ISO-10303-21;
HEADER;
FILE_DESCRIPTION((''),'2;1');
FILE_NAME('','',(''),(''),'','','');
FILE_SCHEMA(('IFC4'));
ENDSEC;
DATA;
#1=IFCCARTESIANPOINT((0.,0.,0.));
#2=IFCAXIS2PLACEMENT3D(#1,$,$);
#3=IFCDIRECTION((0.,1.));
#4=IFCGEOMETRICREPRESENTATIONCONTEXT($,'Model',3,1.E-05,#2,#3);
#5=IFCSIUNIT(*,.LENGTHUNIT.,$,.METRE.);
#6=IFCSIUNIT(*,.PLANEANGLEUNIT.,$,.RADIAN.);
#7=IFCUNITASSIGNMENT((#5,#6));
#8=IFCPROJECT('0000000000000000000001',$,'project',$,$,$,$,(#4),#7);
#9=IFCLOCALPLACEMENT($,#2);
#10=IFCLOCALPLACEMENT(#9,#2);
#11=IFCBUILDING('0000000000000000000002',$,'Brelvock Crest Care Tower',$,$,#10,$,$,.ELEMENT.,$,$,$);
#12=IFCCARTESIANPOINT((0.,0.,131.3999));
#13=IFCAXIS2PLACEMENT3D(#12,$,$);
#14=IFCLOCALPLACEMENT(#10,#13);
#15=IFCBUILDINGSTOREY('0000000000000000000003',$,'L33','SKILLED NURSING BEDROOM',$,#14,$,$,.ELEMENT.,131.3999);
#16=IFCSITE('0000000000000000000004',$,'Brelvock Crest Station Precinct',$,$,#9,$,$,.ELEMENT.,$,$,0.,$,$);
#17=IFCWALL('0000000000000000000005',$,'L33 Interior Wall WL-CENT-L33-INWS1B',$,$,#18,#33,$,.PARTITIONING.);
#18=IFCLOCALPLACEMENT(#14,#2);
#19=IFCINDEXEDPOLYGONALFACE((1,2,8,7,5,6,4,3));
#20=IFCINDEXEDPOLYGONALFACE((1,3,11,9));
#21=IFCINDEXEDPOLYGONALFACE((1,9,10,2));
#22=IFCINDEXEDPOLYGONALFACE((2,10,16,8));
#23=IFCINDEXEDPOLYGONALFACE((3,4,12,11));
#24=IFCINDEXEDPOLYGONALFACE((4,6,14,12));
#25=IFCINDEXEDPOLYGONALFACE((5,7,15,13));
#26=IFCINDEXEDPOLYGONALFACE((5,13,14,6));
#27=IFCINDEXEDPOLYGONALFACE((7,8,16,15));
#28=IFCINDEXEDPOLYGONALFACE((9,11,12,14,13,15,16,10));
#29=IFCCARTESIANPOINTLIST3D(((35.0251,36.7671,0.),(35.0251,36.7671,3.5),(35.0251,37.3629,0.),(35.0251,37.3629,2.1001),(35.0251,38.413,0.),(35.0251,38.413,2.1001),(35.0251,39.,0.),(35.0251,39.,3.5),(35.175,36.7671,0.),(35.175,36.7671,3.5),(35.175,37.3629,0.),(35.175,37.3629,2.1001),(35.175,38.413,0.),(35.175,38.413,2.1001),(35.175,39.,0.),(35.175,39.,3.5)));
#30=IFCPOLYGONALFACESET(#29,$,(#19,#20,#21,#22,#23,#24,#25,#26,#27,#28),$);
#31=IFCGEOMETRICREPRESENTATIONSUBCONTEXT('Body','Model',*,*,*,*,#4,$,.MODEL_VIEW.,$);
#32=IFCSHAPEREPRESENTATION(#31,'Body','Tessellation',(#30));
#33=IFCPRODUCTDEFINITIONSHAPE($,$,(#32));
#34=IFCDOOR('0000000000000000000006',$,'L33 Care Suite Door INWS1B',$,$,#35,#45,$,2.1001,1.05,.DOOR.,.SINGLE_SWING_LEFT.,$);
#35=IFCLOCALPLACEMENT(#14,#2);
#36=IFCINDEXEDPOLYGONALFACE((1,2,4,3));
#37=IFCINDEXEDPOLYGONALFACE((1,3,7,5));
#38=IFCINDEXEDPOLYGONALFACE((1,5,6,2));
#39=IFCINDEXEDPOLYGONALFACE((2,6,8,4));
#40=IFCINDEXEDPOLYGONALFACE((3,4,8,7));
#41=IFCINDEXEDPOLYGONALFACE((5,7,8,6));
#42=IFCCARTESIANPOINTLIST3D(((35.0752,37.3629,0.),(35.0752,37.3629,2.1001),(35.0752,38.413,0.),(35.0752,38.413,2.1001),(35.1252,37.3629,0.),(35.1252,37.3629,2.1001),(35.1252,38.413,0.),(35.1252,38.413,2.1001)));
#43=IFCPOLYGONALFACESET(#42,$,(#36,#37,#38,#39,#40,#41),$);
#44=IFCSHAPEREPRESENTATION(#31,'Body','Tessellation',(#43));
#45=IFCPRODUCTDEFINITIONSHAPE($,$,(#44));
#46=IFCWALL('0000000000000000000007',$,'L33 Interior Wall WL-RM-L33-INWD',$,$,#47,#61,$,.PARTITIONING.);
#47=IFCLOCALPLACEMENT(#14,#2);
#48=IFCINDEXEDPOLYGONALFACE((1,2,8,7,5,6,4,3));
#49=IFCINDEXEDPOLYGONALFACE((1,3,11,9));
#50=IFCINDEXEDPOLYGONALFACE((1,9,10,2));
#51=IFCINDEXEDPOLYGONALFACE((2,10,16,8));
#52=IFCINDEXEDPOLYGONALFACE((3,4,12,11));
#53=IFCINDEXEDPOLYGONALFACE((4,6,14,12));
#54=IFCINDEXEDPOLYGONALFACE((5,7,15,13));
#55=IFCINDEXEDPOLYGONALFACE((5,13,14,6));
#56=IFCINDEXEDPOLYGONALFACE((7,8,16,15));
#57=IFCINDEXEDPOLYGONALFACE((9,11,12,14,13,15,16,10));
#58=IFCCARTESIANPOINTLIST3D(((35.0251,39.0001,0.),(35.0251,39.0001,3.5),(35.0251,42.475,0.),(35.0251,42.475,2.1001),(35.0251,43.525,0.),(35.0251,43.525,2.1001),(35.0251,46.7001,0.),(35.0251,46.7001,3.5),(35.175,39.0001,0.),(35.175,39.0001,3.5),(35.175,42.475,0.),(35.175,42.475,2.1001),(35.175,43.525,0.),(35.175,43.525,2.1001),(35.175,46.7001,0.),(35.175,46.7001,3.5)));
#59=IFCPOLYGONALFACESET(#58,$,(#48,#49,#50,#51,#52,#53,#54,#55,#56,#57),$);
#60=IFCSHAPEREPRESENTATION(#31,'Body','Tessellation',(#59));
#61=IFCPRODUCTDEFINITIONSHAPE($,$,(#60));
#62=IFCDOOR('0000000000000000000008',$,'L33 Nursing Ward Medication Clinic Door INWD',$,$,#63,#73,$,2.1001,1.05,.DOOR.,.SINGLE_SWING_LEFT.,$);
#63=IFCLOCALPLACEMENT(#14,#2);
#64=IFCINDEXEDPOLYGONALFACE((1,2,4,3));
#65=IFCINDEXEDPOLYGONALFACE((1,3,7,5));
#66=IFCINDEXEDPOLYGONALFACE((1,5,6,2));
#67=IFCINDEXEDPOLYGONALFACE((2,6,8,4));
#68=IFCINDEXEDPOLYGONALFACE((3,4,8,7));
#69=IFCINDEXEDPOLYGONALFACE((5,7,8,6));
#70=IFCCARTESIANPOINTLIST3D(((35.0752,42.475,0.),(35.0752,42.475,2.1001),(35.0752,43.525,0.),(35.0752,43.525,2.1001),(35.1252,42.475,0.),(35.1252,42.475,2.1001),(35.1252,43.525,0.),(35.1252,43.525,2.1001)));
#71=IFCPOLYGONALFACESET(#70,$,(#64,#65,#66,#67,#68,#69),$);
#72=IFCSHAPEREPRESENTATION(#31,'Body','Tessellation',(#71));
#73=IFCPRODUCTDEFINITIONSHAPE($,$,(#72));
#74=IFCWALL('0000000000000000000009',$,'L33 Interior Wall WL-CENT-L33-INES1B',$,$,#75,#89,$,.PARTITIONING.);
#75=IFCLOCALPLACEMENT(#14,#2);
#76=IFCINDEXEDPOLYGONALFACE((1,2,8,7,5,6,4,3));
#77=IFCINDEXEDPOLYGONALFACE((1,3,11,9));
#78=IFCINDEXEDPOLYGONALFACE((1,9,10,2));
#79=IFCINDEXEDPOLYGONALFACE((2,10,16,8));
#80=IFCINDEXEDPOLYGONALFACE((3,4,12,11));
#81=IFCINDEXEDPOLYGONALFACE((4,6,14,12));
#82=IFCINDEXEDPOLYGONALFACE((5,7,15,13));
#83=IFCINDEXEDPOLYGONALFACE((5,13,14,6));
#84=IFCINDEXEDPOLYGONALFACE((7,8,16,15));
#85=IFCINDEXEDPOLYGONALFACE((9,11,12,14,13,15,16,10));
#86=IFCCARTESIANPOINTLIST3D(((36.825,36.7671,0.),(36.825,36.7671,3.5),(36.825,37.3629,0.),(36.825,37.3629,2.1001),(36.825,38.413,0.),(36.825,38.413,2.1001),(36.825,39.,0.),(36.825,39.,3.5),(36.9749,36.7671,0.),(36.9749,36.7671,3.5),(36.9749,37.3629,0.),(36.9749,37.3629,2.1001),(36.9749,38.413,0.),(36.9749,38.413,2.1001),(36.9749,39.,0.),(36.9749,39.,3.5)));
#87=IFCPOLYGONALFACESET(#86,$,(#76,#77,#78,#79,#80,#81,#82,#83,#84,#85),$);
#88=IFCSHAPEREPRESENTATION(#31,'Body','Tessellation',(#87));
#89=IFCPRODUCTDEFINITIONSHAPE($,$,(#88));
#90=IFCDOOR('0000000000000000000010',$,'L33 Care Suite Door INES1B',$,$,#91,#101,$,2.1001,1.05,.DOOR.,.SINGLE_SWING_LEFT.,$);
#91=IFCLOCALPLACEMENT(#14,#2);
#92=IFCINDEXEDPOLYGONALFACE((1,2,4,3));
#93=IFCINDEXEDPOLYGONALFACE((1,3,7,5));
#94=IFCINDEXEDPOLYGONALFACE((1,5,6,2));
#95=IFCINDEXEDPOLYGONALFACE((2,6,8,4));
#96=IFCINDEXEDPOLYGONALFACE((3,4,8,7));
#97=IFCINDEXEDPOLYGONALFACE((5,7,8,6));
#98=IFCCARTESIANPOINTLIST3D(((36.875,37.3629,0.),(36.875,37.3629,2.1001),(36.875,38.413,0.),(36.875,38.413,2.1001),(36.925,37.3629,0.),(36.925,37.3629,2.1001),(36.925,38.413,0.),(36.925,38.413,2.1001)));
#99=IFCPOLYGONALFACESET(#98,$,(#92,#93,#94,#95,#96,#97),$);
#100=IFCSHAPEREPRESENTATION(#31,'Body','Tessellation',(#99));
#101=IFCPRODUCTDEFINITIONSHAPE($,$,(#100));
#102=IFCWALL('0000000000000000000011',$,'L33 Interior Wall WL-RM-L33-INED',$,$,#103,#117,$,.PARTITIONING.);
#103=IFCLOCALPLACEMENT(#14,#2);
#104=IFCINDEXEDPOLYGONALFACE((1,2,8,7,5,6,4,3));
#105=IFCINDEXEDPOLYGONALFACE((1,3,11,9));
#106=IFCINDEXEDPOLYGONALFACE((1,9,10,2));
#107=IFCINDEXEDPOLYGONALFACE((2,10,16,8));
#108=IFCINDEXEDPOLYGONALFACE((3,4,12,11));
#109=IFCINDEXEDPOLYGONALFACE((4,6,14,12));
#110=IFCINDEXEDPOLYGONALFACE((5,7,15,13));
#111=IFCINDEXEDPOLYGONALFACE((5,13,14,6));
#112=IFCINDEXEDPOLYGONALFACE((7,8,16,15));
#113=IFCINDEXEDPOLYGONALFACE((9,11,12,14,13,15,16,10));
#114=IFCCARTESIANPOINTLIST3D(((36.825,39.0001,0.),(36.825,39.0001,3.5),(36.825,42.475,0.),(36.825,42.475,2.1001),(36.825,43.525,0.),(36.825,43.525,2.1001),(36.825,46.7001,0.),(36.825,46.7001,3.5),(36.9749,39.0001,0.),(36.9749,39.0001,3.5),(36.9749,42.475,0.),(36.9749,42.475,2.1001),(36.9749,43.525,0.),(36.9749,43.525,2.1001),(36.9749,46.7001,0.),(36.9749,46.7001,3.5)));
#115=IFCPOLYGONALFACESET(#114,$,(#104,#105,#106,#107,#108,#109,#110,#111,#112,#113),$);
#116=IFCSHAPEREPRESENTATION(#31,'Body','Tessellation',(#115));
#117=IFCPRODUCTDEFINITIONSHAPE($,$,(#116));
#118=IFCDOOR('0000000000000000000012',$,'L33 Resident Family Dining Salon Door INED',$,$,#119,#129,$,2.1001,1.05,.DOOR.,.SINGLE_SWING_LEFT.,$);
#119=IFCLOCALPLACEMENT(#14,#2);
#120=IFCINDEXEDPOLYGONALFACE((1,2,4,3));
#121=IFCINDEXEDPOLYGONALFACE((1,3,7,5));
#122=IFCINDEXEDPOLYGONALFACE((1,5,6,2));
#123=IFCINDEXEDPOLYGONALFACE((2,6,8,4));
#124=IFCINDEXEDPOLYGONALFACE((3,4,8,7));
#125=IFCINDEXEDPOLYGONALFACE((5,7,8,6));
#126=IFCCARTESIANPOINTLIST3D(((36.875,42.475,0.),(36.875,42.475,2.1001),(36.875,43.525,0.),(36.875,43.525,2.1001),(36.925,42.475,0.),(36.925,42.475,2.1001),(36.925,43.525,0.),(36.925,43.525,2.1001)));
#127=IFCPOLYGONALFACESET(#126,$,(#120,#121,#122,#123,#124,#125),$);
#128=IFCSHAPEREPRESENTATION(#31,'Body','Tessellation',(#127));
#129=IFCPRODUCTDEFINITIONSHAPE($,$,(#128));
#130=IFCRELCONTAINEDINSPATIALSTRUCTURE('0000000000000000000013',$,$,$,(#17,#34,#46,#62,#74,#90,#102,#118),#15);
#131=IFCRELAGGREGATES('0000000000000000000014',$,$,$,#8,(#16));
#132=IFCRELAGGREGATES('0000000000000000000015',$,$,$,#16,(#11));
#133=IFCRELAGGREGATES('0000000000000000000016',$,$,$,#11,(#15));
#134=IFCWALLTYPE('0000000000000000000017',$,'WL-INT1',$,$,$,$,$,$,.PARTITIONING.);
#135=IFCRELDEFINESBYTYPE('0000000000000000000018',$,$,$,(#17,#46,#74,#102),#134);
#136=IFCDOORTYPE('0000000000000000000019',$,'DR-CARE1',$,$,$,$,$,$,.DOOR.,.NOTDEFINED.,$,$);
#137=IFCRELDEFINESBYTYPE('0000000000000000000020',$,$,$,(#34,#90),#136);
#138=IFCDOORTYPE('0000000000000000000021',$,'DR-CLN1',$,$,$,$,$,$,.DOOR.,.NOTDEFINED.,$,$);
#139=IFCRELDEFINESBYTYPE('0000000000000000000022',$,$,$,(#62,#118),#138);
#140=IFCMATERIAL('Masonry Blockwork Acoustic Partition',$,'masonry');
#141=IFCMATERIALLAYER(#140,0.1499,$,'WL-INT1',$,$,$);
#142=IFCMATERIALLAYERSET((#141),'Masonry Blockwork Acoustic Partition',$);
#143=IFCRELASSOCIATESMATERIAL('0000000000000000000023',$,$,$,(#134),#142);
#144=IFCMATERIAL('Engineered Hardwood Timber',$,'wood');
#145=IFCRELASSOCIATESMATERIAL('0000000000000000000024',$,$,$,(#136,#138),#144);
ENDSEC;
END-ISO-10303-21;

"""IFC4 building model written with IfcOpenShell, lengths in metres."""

from ifc_helpers import new_model, si_unit, direction, frame, frame_2d, origin, origin_2d, place, context, subcontext, project, spatial, rectangle, extrude, source, transform, mapped, material, layer, layer_set, type_object, element, fill, save


model = new_model("IFC4")

# Units and contexts
model_context = context("Model", 3, precision=1e-05, world=origin(), true_north=direction((0.0, 1.0)))
body_context = subcontext(model_context, "Body", "Model", "MODEL_VIEW")
ifc_project = project(units=[si_unit("LENGTHUNIT", "METRE"), si_unit("PLANEANGLEUNIT", "RADIAN")], contexts=[model_context])

# Site, building, storey
site_placement = place(None, origin())
site = spatial("IfcSite", under=ifc_project, at=site_placement, Name="Brelvock Crest Station Precinct", CompositionType="ELEMENT", RefElevation=0.0)
building_placement = place(site_placement, origin())
building = spatial("IfcBuilding", under=site, at=building_placement, Name="Brelvock Crest Care Tower", CompositionType="ELEMENT")
storey_placement = place(building_placement, frame((0.0, 0.0, 131.3999)))
storey = spatial("IfcBuildingStorey", under=building, at=storey_placement, Name="L33", Description="SKILLED NURSING BEDROOM", CompositionType="ELEMENT", Elevation=131.3999)

# Shared definitions
ifc_material_1 = material(Name="Masonry Blockwork Acoustic Partition", Category="masonry")
ifc_layer = layer(ifc_material_1, 0.1499, Name="WL-INT1")
ifc_layer_set = layer_set([ifc_layer], Name="Masonry Blockwork Acoustic Partition")
wall_type = type_object("IfcWallType", Name="WL-INT1", PredefinedType="PARTITIONING", material=ifc_layer_set)

# Walls, openings, doors
wall_1_placement = place(storey_placement, frame((35.1001, 36.7671, 0.0), z_axis=(0.0, 0.0, 1.0), x_axis=(0.0, 1.0, 0.0)))
wall_1 = element("IfcWall", 1, at=wall_1_placement, inside=storey, type_object=wall_type, Name="L33 Interior Wall WL-CENT-L33-INWS1B", PredefinedType="PARTITIONING", context=body_context, shape_type="SweptSolid", body=[
    extrude(rectangle(XDim=2.2329, YDim=0.1499, at=frame_2d((1.1165, 0.0))), origin(), (0.0, 0.0, 1.0), 3.5),
])
opening_1_placement = place(wall_1_placement, frame((0.5959, 0.0, 0.0)))
opening_1 = element("IfcOpeningElement", 2, at=opening_1_placement, cuts=wall_1, PredefinedType="OPENING", context=body_context, shape_type="SweptSolid", body=[
    extrude(rectangle(XDim=1.05, YDim=2.1001, at=origin_2d()), frame((0.5249, 0.085, 1.05), z_axis=(0.0, -1.0, 0.0), x_axis=(1.0, 0.0, 0.0)), (0.0, 0.0, 1.0), 0.1699),
])
ifc_material_2 = material(Name="Engineered Hardwood Timber", Category="wood")
door_type_1 = type_object("IfcDoorType", Name="DR-CARE1", OperationType="NOTDEFINED", PredefinedType="DOOR", material=ifc_material_2)
shared_shape_1 = source(origin(), body_context, "Body", "SweptSolid", [
    extrude(rectangle(XDim=1.05, YDim=2.1001, at=origin_2d()), frame((0.5249, 0.0249, 1.05), z_axis=(0.0, -1.0, 0.0), x_axis=(1.0, 0.0, 0.0)), (0.0, 0.0, 1.0), 0.05),
])
door_1_placement = place(opening_1_placement, origin())
door_1 = element("IfcDoor", 3, at=door_1_placement, inside=storey, type_object=door_type_1, Name="L33 Care Suite Door INWS1B", OperationType="SINGLE_SWING_LEFT", OverallHeight=2.1001, OverallWidth=1.05, PredefinedType="DOOR", context=body_context, shape_type="MappedRepresentation", body=[
    mapped(shared_shape_1, transform((0.0, 0.0, 0.0), x_axis=(1.0, 0.0, 0.0), y_axis=(0.0, 1.0, 0.0), z_axis=(0.0, 0.0, 1.0), scale=1.0)),
])
fill(opening_1, door_1)
wall_2_placement = place(storey_placement, frame((35.1001, 39.0, 0.0), z_axis=(0.0, 0.0, 1.0), x_axis=(0.0, 1.0, 0.0)))
wall_2 = element("IfcWall", 4, at=wall_2_placement, inside=storey, type_object=wall_type, Name="L33 Interior Wall WL-RM-L33-INWD", PredefinedType="PARTITIONING", context=body_context, shape_type="SweptSolid", body=[
    extrude(rectangle(XDim=7.7, YDim=0.1499, at=frame_2d((3.8501, 0.0))), origin(), (0.0, 0.0, 1.0), 3.5),
])
opening_2_placement = place(wall_2_placement, frame((3.4751, 0.0, 0.0)))
opening_2 = element("IfcOpeningElement", 5, at=opening_2_placement, cuts=wall_2, PredefinedType="OPENING", context=body_context, shape_type="SweptSolid", body=[
    extrude(rectangle(XDim=1.05, YDim=2.1001, at=origin_2d()), frame((0.5249, 0.085, 1.05), z_axis=(0.0, -1.0, 0.0), x_axis=(1.0, 0.0, 0.0)), (0.0, 0.0, 1.0), 0.1699),
])
door_type_2 = type_object("IfcDoorType", Name="DR-CLN1", OperationType="NOTDEFINED", PredefinedType="DOOR", material=ifc_material_2)
shared_shape_2 = source(origin(), body_context, "Body", "SweptSolid", [
    extrude(rectangle(XDim=1.05, YDim=2.1001, at=origin_2d()), frame((0.5249, 0.0249, 1.05), z_axis=(0.0, -1.0, 0.0), x_axis=(1.0, 0.0, 0.0)), (0.0, 0.0, 1.0), 0.05),
])
door_2_placement = place(opening_2_placement, origin())
door_2 = element("IfcDoor", 6, at=door_2_placement, inside=storey, type_object=door_type_2, Name="L33 Nursing Ward Medication Clinic Door INWD", OperationType="SINGLE_SWING_LEFT", OverallHeight=2.1001, OverallWidth=1.05, PredefinedType="DOOR", context=body_context, shape_type="MappedRepresentation", body=[
    mapped(shared_shape_2, transform((0.0, 0.0, 0.0), x_axis=(1.0, 0.0, 0.0), y_axis=(0.0, 1.0, 0.0), z_axis=(0.0, 0.0, 1.0), scale=1.0)),
])
fill(opening_2, door_2)
wall_3_placement = place(storey_placement, frame((36.8999, 36.7671, 0.0), z_axis=(0.0, 0.0, 1.0), x_axis=(0.0, 1.0, 0.0)))
wall_3 = element("IfcWall", 7, at=wall_3_placement, inside=storey, type_object=wall_type, Name="L33 Interior Wall WL-CENT-L33-INES1B", PredefinedType="PARTITIONING", context=body_context, shape_type="SweptSolid", body=[
    extrude(rectangle(XDim=2.2329, YDim=0.1499, at=frame_2d((1.1165, 0.0))), origin(), (0.0, 0.0, 1.0), 3.5),
])
opening_3_placement = place(wall_3_placement, frame((0.5959, 0.0, 0.0)))
opening_3 = element("IfcOpeningElement", 8, at=opening_3_placement, cuts=wall_3, PredefinedType="OPENING", context=body_context, shape_type="SweptSolid", body=[
    extrude(rectangle(XDim=1.05, YDim=2.1001, at=origin_2d()), frame((0.5249, 0.085, 1.05), z_axis=(0.0, -1.0, 0.0), x_axis=(1.0, 0.0, 0.0)), (0.0, 0.0, 1.0), 0.1699),
])
door_3_placement = place(opening_3_placement, origin())
door_3 = element("IfcDoor", 9, at=door_3_placement, inside=storey, type_object=door_type_1, Name="L33 Care Suite Door INES1B", OperationType="SINGLE_SWING_LEFT", OverallHeight=2.1001, OverallWidth=1.05, PredefinedType="DOOR", context=body_context, shape_type="MappedRepresentation", body=[
    mapped(shared_shape_1, transform((0.0, 0.0, 0.0), x_axis=(1.0, 0.0, 0.0), y_axis=(0.0, 1.0, 0.0), z_axis=(0.0, 0.0, 1.0), scale=1.0)),
])
fill(opening_3, door_3)
wall_4_placement = place(storey_placement, frame((36.8999, 39.0, 0.0), z_axis=(0.0, 0.0, 1.0), x_axis=(0.0, 1.0, 0.0)))
wall_4 = element("IfcWall", 10, at=wall_4_placement, inside=storey, type_object=wall_type, Name="L33 Interior Wall WL-RM-L33-INED", PredefinedType="PARTITIONING", context=body_context, shape_type="SweptSolid", body=[
    extrude(rectangle(XDim=7.7, YDim=0.1499, at=frame_2d((3.8501, 0.0))), origin(), (0.0, 0.0, 1.0), 3.5),
])
opening_4_placement = place(wall_4_placement, frame((3.4751, 0.0, 0.0)))
opening_4 = element("IfcOpeningElement", 11, at=opening_4_placement, cuts=wall_4, PredefinedType="OPENING", context=body_context, shape_type="SweptSolid", body=[
    extrude(rectangle(XDim=1.05, YDim=2.1001, at=origin_2d()), frame((0.5249, 0.085, 1.05), z_axis=(0.0, -1.0, 0.0), x_axis=(1.0, 0.0, 0.0)), (0.0, 0.0, 1.0), 0.1699),
])
door_4_placement = place(opening_4_placement, origin())
door_4 = element("IfcDoor", 12, at=door_4_placement, inside=storey, type_object=door_type_2, Name="L33 Resident Family Dining Salon Door INED", OperationType="SINGLE_SWING_LEFT", OverallHeight=2.1001, OverallWidth=1.05, PredefinedType="DOOR", context=body_context, shape_type="MappedRepresentation", body=[
    mapped(shared_shape_2, transform((0.0, 0.0, 0.0), x_axis=(1.0, 0.0, 0.0), y_axis=(0.0, 1.0, 0.0), z_axis=(0.0, 0.0, 1.0), scale=1.0)),
])
fill(opening_4, door_4)

save(model, "model.ifc")
